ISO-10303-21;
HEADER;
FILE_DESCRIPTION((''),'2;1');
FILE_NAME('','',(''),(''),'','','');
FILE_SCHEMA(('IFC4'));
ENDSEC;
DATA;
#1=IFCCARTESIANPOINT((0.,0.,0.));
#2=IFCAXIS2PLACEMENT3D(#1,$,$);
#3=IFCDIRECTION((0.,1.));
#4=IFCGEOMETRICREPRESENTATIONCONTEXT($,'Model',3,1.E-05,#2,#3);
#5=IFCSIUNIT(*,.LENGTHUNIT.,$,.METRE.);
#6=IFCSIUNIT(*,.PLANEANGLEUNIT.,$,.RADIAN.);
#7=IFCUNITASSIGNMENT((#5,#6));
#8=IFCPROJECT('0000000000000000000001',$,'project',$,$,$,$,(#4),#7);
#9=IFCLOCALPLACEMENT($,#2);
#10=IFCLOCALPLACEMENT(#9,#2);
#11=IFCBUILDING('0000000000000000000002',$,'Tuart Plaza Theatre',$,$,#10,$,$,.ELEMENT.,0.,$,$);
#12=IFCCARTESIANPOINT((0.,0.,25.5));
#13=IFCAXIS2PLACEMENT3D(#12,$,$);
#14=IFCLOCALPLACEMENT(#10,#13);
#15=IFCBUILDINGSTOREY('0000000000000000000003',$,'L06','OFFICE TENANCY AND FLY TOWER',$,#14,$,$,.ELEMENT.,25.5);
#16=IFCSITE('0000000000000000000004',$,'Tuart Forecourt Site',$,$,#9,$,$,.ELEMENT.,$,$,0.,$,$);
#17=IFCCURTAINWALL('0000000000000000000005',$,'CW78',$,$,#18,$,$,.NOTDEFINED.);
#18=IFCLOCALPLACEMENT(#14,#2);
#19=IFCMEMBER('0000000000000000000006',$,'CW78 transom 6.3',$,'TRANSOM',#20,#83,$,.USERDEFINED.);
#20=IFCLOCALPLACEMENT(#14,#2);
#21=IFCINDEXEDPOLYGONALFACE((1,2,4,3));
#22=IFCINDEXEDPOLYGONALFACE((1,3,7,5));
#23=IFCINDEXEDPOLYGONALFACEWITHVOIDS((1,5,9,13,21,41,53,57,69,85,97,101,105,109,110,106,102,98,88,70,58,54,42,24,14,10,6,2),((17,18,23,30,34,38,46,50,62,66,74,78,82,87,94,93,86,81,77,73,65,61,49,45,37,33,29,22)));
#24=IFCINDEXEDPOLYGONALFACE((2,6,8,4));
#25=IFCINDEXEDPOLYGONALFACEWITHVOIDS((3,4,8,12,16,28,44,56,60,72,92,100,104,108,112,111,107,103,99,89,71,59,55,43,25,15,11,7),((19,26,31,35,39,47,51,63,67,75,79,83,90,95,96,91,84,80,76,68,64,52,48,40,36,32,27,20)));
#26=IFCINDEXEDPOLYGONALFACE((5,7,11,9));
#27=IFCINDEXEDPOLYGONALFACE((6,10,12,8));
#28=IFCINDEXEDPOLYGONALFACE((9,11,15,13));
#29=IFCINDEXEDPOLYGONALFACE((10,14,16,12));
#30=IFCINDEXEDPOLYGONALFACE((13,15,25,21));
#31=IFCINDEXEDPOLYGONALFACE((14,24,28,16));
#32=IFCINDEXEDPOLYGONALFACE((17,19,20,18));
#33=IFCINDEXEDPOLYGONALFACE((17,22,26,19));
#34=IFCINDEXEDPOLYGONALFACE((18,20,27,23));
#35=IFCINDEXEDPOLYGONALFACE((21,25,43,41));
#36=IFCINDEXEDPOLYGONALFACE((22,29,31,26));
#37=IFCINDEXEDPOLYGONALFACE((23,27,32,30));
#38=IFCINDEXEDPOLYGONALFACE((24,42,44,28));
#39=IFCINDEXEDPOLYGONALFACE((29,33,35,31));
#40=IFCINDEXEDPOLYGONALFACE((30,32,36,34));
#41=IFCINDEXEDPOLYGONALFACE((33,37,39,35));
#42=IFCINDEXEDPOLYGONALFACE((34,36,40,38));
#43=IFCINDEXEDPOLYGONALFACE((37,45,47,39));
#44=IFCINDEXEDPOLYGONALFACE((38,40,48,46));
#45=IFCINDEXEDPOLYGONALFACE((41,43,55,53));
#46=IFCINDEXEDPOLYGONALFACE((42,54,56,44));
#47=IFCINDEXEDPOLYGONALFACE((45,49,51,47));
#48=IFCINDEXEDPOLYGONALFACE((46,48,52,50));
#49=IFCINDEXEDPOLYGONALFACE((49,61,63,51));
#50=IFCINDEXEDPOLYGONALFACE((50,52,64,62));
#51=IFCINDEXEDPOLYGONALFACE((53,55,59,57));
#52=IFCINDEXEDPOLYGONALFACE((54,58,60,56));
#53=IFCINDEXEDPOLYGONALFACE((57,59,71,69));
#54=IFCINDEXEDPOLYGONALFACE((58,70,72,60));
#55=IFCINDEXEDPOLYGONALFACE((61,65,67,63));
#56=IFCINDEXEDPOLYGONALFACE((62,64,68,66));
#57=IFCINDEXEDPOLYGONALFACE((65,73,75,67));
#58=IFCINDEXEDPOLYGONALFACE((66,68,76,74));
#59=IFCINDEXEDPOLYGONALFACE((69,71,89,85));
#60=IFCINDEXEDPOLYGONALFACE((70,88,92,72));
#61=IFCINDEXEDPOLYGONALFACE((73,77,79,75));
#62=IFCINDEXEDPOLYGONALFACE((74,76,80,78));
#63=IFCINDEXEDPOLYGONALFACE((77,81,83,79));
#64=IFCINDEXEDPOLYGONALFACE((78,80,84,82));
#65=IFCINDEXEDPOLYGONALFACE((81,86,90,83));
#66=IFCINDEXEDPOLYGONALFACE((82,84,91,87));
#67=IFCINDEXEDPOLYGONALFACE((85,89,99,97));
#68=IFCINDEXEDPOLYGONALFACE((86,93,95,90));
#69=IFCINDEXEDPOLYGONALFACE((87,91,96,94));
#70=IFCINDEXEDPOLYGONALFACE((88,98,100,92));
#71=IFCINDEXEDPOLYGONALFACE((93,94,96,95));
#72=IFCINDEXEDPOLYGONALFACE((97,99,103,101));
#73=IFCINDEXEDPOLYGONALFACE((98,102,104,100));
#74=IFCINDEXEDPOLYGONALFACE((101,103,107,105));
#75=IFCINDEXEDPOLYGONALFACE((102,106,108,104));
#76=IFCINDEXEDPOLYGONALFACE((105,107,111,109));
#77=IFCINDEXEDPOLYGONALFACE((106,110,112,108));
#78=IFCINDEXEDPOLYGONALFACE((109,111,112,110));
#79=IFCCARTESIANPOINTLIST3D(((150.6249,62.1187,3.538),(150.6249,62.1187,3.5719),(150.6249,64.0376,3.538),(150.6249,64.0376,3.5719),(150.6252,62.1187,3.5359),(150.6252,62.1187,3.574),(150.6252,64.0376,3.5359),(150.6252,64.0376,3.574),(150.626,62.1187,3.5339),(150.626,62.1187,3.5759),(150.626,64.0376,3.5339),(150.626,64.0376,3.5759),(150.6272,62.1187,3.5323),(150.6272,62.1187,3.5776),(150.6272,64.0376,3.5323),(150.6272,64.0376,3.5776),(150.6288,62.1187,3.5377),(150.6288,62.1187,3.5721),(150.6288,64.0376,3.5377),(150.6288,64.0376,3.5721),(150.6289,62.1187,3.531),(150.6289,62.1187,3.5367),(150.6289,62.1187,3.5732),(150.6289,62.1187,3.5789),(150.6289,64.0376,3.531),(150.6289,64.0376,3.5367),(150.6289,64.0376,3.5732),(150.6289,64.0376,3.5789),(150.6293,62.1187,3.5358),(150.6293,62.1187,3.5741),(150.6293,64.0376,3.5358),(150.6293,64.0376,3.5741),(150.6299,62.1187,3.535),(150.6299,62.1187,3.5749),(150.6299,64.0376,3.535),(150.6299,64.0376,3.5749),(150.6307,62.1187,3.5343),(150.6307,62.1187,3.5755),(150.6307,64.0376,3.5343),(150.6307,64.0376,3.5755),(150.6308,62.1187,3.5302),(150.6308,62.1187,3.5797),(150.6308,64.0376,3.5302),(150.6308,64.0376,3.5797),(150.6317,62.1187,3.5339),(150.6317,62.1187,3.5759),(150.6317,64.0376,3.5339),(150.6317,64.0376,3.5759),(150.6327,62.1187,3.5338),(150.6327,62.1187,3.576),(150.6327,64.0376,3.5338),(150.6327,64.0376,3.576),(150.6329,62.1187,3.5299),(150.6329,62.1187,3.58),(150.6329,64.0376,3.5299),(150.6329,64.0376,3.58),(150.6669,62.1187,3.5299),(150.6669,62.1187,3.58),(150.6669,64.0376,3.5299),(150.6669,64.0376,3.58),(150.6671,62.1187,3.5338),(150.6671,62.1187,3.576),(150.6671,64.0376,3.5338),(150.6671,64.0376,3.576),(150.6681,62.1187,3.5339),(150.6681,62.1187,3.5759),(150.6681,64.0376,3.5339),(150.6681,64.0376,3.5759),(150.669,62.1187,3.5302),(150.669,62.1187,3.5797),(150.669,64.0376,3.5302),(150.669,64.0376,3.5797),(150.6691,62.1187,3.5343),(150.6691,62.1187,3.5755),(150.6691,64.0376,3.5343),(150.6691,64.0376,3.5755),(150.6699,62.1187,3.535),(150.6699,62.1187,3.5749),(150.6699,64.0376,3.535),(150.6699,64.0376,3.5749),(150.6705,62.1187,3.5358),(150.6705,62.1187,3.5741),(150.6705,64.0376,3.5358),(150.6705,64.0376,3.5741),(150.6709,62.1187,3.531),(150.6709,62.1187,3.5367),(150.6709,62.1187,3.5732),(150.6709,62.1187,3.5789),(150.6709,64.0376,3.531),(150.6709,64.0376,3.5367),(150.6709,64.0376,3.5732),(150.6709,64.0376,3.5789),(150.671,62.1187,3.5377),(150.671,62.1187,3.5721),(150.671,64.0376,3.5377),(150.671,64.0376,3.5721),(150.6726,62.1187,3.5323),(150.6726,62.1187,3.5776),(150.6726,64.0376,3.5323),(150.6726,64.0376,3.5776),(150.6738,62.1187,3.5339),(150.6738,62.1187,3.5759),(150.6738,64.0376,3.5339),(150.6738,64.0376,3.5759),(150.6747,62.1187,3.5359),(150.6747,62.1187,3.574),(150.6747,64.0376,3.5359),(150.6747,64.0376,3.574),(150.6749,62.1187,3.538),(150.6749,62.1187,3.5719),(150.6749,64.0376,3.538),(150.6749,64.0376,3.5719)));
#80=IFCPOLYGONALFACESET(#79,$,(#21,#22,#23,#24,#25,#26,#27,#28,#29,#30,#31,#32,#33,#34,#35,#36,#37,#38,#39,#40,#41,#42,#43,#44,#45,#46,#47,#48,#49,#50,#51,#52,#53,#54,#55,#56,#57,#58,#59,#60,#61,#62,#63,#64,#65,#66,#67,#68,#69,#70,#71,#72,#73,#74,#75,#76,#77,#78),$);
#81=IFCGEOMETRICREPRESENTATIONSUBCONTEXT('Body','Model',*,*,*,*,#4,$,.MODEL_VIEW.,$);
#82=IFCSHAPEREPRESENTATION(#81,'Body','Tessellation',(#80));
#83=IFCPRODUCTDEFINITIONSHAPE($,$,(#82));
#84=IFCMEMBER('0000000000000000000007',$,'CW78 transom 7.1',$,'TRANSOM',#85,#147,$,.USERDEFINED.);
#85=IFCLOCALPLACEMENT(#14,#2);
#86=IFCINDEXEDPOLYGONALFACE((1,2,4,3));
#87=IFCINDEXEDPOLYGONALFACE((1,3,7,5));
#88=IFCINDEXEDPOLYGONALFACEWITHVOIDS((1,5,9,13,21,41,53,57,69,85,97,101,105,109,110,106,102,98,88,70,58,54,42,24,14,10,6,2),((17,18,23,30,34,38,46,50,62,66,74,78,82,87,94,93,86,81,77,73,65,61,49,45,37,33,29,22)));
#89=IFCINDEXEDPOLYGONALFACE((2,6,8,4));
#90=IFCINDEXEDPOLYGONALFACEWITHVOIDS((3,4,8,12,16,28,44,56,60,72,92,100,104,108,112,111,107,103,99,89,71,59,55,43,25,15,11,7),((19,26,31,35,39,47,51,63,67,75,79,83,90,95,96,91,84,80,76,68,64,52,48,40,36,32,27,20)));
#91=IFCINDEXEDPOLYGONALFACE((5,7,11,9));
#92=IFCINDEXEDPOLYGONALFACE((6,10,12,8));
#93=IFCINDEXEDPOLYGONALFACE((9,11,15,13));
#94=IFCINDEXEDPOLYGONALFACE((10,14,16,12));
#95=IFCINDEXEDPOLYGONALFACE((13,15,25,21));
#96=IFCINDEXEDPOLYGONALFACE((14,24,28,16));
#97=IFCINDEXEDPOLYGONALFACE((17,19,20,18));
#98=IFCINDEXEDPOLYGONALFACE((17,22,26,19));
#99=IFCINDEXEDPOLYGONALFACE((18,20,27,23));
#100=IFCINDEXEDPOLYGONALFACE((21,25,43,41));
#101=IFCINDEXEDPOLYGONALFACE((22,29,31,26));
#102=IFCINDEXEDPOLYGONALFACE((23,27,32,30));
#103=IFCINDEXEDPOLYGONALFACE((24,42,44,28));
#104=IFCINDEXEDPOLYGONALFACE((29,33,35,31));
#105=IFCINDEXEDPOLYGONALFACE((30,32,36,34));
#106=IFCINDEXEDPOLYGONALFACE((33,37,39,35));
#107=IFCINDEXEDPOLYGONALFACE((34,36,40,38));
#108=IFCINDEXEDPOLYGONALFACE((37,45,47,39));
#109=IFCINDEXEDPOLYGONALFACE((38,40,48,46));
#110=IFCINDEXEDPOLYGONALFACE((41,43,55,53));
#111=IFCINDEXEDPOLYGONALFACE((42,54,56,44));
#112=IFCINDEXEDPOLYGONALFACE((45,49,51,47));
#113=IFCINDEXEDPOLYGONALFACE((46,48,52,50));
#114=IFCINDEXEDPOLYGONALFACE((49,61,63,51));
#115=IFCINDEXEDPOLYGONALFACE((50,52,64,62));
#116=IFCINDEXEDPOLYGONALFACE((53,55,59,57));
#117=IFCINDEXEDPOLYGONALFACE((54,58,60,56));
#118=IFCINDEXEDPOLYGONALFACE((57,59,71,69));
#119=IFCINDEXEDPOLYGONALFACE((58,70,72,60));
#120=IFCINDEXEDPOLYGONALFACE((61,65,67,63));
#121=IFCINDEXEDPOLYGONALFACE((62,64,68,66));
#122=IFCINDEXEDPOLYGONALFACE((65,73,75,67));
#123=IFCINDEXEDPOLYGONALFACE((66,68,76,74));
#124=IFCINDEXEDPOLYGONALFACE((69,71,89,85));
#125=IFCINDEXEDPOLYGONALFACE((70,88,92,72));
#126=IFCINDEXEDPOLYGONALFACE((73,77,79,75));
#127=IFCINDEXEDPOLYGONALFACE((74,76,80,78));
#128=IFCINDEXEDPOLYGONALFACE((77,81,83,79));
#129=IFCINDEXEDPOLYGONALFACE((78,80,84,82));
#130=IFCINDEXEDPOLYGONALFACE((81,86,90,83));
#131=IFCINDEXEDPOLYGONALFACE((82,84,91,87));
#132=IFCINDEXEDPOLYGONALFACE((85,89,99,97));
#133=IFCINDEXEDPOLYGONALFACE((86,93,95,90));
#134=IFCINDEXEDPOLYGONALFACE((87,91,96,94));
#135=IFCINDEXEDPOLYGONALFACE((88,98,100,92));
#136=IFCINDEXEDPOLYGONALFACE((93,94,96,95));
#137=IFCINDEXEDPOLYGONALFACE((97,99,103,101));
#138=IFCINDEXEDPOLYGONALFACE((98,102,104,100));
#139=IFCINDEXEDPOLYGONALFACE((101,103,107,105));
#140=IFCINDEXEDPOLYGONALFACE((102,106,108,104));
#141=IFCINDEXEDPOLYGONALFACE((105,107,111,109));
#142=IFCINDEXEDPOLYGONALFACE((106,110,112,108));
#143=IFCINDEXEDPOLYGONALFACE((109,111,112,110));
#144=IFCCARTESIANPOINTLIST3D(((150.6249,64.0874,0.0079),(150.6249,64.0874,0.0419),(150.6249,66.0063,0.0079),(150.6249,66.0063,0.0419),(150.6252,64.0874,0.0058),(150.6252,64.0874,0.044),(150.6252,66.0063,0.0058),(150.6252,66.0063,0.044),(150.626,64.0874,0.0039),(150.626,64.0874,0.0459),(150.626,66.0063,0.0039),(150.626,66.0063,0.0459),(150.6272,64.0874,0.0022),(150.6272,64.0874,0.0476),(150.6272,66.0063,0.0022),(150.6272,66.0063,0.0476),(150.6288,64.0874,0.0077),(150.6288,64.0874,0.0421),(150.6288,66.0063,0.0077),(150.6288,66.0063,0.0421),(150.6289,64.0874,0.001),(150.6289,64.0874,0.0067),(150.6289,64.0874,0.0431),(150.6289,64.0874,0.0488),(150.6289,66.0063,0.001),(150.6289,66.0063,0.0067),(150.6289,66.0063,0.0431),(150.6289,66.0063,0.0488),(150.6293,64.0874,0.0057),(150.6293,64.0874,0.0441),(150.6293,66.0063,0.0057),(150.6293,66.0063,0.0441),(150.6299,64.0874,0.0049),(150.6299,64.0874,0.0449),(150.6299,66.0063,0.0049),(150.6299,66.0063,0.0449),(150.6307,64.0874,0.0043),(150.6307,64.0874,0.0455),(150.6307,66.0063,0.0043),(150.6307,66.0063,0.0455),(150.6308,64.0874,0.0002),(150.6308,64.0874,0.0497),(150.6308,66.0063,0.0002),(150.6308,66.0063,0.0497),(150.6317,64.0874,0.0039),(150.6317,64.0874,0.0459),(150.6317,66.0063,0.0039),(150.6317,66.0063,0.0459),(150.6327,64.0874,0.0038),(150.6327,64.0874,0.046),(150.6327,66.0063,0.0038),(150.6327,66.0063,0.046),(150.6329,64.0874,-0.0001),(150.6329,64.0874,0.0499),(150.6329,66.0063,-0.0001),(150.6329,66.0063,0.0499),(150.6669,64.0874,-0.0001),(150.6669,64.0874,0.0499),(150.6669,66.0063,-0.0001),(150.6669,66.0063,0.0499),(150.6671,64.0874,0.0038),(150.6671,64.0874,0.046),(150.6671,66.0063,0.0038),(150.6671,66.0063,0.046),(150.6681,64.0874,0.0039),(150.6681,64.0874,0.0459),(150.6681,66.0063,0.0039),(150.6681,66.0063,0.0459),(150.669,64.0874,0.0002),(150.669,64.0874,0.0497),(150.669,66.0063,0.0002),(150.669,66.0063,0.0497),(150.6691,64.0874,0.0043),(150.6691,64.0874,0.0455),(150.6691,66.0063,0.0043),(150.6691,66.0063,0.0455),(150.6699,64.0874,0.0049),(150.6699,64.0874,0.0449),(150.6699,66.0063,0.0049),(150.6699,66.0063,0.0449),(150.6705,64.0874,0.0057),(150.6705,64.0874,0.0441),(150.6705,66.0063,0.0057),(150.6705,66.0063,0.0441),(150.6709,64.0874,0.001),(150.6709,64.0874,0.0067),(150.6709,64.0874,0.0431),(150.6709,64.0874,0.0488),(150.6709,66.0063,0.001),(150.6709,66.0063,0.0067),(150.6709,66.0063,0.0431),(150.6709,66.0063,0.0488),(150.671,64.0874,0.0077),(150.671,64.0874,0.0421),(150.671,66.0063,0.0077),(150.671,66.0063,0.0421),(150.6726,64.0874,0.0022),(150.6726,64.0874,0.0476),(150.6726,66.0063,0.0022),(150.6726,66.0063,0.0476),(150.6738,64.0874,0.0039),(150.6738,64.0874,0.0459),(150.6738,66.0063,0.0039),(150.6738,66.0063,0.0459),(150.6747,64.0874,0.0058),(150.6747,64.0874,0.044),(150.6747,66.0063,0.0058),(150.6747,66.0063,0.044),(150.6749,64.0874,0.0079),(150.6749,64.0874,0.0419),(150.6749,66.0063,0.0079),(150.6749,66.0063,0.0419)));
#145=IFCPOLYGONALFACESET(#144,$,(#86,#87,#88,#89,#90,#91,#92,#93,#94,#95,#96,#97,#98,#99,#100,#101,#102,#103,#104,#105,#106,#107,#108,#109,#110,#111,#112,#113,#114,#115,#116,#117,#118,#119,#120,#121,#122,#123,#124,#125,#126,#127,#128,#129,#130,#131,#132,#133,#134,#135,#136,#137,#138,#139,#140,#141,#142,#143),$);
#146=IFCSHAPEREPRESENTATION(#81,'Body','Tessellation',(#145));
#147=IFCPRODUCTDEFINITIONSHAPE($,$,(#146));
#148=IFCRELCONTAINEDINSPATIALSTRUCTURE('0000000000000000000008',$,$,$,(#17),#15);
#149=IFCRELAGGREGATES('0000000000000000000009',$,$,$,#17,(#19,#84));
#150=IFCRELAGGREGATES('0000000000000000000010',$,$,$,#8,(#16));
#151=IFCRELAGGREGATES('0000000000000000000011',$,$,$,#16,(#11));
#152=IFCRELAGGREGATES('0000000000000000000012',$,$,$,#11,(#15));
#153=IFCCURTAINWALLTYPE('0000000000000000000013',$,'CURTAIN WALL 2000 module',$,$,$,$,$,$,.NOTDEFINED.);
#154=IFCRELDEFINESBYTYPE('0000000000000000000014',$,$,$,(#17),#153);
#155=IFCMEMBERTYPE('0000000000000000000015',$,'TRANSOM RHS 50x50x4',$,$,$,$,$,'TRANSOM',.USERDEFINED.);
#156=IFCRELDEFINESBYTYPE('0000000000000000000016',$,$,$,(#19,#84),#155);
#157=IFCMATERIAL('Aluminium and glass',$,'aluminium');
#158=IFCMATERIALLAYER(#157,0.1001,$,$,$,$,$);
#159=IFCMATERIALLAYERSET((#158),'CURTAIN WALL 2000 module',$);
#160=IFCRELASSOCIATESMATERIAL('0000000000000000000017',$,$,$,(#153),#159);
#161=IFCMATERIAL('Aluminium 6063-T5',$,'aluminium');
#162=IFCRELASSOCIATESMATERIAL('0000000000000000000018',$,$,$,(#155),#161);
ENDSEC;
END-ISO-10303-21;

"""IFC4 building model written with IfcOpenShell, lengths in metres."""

from ifc_helpers import new_model, si_unit, direction, frame, origin, origin_2d, place, context, subcontext, project, spatial, hollow_rectangle, extrude, material, layer, layer_set, material_profile, profile_set, type_object, element, aggregate, save


model = new_model("IFC4")

# Units and contexts
model_context = context("Model", 3, precision=1e-05, world=origin(), true_north=direction((0.0, 1.0)))
body_context = subcontext(model_context, "Body", "Model", "MODEL_VIEW")
ifc_project = project(units=[si_unit("LENGTHUNIT", "METRE"), si_unit("PLANEANGLEUNIT", "RADIAN")], contexts=[model_context])

# Site, building, storey
site_placement = place(None, origin())
site = spatial("IfcSite", under=ifc_project, at=site_placement, Name="Tuart Forecourt Site", CompositionType="ELEMENT", RefElevation=0.0)
building_placement = place(site_placement, origin())
building = spatial("IfcBuilding", under=site, at=building_placement, Name="Tuart Plaza Theatre", CompositionType="ELEMENT", ElevationOfRefHeight=0.0)
storey_placement = place(building_placement, frame((0.0, 0.0, 25.5)))
storey = spatial("IfcBuildingStorey", under=building, at=storey_placement, Name="L06", Description="OFFICE TENANCY AND FLY TOWER", CompositionType="ELEMENT", Elevation=25.5)

# Curtain wall, members
ifc_material_1 = material(Name="Aluminium and glass", Category="aluminium")
ifc_layer_1 = layer(ifc_material_1, 0.1001)
ifc_layer_set_1 = layer_set([ifc_layer_1], Name="CURTAIN WALL 2000 module")
curtain_wall_type = type_object("IfcCurtainWallType", Name="CURTAIN WALL 2000 module", PredefinedType="NOTDEFINED", material=ifc_layer_set_1)
curtain_wall_placement = place(storey_placement, origin())
curtain_wall = element("IfcCurtainWall", 1, at=curtain_wall_placement, inside=storey, type_object=curtain_wall_type, Name="CW78", PredefinedType="NOTDEFINED")
ifc_material_2 = material(Name="Aluminium 6063-T5", Category="aluminium")
ifc_material_profile_1 = material_profile(ifc_material_2, hollow_rectangle(XDim=0.05, YDim=0.05, WallThickness=0.0039, InnerFilletRadius=0.0039, OuterFilletRadius=0.0081, at=origin_2d()), Name="RHS 50x50x4")
ifc_profile_set_1 = profile_set([ifc_material_profile_1], Name="Aluminium 6063-T5")
member_type_1 = type_object("IfcMemberType", Name="TRANSOM RHS 50x50x4", ElementType="TRANSOM", PredefinedType="USERDEFINED", material=ifc_profile_set_1)
member_1_placement = place(storey_placement, frame((150.6499, 62.1187, 3.5549), z_axis=(0.0, 1.0, 0.0), x_axis=(-1.0, 0.0, 0.0)))
member_1 = element("IfcMember", 2, at=member_1_placement, type_object=member_type_1, Name="CW78 transom 6.3", ObjectType="TRANSOM", PredefinedType="USERDEFINED", context=body_context, shape_type="SweptSolid", body=[
    extrude(hollow_rectangle(XDim=0.05, YDim=0.05, WallThickness=0.0039, InnerFilletRadius=0.0039, OuterFilletRadius=0.0081, at=origin_2d()), origin(), (0.0, 0.0, 1.0), 1.9189),
])
member_2_placement = place(storey_placement, frame((150.6499, 64.0874, 0.0249), z_axis=(0.0, 1.0, 0.0), x_axis=(-1.0, 0.0, 0.0)))
member_2 = element("IfcMember", 3, at=member_2_placement, type_object=member_type_1, Name="CW78 transom 7.1", ObjectType="TRANSOM", PredefinedType="USERDEFINED", context=body_context, shape_type="SweptSolid", body=[
    extrude(hollow_rectangle(XDim=0.05, YDim=0.05, WallThickness=0.0039, InnerFilletRadius=0.0039, OuterFilletRadius=0.0081, at=origin_2d()), origin(), (0.0, 0.0, 1.0), 1.9189),
])
aggregate(curtain_wall, [member_1, member_2])

save(model, "model.ifc")
